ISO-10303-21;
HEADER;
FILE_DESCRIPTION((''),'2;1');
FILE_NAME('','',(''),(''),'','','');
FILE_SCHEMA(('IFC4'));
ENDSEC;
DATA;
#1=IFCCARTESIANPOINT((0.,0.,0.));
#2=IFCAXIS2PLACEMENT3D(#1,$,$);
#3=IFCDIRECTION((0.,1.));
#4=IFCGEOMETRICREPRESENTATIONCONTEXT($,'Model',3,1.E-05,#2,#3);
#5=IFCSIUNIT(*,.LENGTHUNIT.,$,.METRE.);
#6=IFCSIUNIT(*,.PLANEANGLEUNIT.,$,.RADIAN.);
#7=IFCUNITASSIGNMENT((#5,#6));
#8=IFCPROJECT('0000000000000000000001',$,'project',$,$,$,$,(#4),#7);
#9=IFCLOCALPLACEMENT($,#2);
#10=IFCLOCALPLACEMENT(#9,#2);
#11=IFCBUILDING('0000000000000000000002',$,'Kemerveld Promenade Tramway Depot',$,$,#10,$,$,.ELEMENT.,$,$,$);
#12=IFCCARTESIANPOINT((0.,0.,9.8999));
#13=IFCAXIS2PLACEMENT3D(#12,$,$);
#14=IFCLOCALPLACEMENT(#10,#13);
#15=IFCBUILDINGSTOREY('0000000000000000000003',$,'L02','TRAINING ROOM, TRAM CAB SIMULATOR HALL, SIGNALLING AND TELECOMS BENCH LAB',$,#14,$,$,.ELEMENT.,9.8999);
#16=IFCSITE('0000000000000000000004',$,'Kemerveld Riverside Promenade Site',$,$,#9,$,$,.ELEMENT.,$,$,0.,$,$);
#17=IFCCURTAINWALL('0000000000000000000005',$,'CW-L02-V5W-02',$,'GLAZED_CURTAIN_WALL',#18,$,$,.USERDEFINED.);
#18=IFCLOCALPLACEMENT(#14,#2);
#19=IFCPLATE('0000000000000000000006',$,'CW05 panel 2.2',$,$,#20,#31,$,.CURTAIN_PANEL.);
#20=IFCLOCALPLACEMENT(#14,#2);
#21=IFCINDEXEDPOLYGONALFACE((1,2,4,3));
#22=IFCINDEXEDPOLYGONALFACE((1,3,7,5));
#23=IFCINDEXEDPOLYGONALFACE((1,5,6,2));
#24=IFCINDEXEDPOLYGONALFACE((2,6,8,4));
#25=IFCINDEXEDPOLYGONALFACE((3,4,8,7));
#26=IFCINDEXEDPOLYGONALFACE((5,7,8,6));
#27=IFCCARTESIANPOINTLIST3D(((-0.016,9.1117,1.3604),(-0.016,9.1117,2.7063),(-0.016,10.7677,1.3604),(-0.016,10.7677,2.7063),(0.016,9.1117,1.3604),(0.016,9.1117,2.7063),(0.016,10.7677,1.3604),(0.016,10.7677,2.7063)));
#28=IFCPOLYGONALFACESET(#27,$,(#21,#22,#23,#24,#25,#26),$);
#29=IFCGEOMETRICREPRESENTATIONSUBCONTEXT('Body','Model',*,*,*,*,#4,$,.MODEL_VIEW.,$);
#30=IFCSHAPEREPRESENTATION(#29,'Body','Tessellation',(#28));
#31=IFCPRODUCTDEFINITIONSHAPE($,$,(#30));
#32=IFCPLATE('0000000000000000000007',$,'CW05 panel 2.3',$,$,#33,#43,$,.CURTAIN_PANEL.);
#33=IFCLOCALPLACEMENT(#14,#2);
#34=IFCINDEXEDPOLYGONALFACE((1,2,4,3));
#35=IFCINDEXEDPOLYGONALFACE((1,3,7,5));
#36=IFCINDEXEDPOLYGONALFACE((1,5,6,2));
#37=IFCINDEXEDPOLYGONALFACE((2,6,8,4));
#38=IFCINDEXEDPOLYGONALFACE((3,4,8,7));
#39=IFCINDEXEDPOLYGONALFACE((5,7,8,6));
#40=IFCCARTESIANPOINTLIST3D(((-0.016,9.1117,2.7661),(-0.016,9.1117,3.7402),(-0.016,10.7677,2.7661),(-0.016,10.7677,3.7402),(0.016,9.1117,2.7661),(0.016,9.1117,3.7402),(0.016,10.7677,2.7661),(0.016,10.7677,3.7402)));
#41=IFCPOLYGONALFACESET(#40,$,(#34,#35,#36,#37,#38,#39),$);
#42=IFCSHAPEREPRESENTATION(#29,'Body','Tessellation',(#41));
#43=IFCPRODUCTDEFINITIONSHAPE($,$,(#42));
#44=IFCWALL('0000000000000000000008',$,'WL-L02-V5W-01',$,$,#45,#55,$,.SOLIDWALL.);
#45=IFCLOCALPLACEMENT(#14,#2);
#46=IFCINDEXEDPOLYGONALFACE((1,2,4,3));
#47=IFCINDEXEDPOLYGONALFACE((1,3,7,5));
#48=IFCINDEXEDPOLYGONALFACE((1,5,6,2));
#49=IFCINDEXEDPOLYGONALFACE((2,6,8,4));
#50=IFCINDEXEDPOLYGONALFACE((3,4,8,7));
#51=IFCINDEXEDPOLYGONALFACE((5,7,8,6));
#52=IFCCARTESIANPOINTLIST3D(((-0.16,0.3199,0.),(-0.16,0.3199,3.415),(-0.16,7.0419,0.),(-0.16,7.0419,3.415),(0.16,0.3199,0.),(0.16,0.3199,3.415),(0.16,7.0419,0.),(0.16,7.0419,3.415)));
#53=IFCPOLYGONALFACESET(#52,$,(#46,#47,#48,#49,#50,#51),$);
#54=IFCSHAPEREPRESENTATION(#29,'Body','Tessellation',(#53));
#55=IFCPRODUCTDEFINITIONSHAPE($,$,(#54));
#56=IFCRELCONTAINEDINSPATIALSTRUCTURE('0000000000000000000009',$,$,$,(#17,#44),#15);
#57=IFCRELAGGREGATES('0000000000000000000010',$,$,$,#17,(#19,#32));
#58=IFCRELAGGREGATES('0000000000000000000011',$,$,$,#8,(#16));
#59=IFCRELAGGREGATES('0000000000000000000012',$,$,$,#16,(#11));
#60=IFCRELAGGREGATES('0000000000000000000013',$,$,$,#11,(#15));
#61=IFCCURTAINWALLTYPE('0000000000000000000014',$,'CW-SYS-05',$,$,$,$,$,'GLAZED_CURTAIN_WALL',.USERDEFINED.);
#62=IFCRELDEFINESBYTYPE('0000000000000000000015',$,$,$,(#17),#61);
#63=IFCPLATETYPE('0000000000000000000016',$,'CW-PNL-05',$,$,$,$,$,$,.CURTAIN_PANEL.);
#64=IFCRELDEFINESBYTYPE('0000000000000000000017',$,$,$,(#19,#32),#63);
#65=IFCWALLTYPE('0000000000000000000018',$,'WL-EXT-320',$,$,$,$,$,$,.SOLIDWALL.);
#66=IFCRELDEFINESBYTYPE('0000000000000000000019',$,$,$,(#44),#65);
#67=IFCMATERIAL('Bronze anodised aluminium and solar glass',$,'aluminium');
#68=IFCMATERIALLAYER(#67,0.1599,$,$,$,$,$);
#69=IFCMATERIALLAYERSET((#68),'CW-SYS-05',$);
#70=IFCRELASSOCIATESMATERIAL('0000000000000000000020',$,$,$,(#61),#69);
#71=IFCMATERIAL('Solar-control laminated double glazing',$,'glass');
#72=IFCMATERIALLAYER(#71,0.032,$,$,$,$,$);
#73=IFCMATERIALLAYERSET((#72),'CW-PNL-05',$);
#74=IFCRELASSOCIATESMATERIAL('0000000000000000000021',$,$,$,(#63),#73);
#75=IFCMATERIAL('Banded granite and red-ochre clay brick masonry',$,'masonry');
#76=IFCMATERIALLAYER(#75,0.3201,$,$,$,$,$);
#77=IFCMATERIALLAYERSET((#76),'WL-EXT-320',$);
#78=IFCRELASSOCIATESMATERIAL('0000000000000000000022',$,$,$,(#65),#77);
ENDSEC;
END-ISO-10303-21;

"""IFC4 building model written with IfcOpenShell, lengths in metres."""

from ifc_helpers import new_model, si_unit, direction, frame, frame_2d, origin, origin_2d, place, context, subcontext, project, spatial, rectangle, extrude, material, layer, layer_set, type_object, element, aggregate, save


model = new_model("IFC4")

# Units and contexts
model_context = context("Model", 3, precision=1e-05, world=origin(), true_north=direction((0.0, 1.0)))
body_context = subcontext(model_context, "Body", "Model", "MODEL_VIEW")
ifc_project = project(units=[si_unit("LENGTHUNIT", "METRE"), si_unit("PLANEANGLEUNIT", "RADIAN")], contexts=[model_context])

# Site, building, storey
site_placement = place(None, origin())
site = spatial("IfcSite", under=ifc_project, at=site_placement, Name="Kemerveld Riverside Promenade Site", CompositionType="ELEMENT", RefElevation=0.0)
building_placement = place(site_placement, origin())
building = spatial("IfcBuilding", under=site, at=building_placement, Name="Kemerveld Promenade Tramway Depot", CompositionType="ELEMENT")
storey_placement = place(building_placement, frame((0.0, 0.0, 9.8999)))
storey = spatial("IfcBuildingStorey", under=building, at=storey_placement, Name="L02", Description="TRAINING ROOM, TRAM CAB SIMULATOR HALL, SIGNALLING AND TELECOMS BENCH LAB", CompositionType="ELEMENT", Elevation=9.8999)

# Curtain wall, plates
ifc_material_1 = material(Name="Bronze anodised aluminium and solar glass", Category="aluminium")
ifc_layer_1 = layer(ifc_material_1, 0.1599)
ifc_layer_set_1 = layer_set([ifc_layer_1], Name="CW-SYS-05")
curtain_wall_type = type_object("IfcCurtainWallType", Name="CW-SYS-05", ElementType="GLAZED_CURTAIN_WALL", PredefinedType="USERDEFINED", material=ifc_layer_set_1)
curtain_wall_placement = place(storey_placement, origin())
curtain_wall = element("IfcCurtainWall", 1, at=curtain_wall_placement, inside=storey, type_object=curtain_wall_type, Name="CW-L02-V5W-02", ObjectType="GLAZED_CURTAIN_WALL", PredefinedType="USERDEFINED")
ifc_material_2 = material(Name="Solar-control laminated double glazing", Category="glass")
ifc_layer_2 = layer(ifc_material_2, 0.032)
ifc_layer_set_2 = layer_set([ifc_layer_2], Name="CW-PNL-05")
plate_type = type_object("IfcPlateType", Name="CW-PNL-05", PredefinedType="CURTAIN_PANEL", material=ifc_layer_set_2)
plate_1_placement = place(storey_placement, frame((0.0, 9.9397, 1.3604), z_axis=(0.0, 0.0, 1.0), x_axis=(0.0, 1.0, 0.0)))
plate_1 = element("IfcPlate", 2, at=plate_1_placement, type_object=plate_type, Name="CW05 panel 2.2", PredefinedType="CURTAIN_PANEL", context=body_context, shape_type="SweptSolid", body=[
    extrude(rectangle(XDim=1.656, YDim=0.032, at=origin_2d()), origin(), (0.0, 0.0, 1.0), 1.3459),
])
plate_2_placement = place(storey_placement, frame((0.0, 9.9397, 2.7661), z_axis=(0.0, 0.0, 1.0), x_axis=(0.0, 1.0, 0.0)))
plate_2 = element("IfcPlate", 3, at=plate_2_placement, type_object=plate_type, Name="CW05 panel 2.3", PredefinedType="CURTAIN_PANEL", context=body_context, shape_type="SweptSolid", body=[
    extrude(rectangle(XDim=1.656, YDim=0.032, at=origin_2d()), origin(), (0.0, 0.0, 1.0), 0.9741),
])
aggregate(curtain_wall, [plate_1, plate_2])

# Wall
ifc_material_3 = material(Name="Banded granite and red-ochre clay brick masonry", Category="masonry")
ifc_layer_3 = layer(ifc_material_3, 0.3201)
ifc_layer_set_3 = layer_set([ifc_layer_3], Name="WL-EXT-320")
wall_type = type_object("IfcWallType", Name="WL-EXT-320", PredefinedType="SOLIDWALL", material=ifc_layer_set_3)
wall_placement = place(storey_placement, frame((0.0, 0.3201, 0.0), z_axis=(0.0, 0.0, 1.0), x_axis=(0.0, 1.0, 0.0)))
element("IfcWall", 4, at=wall_placement, inside=storey, type_object=wall_type, Name="WL-L02-V5W-01", PredefinedType="SOLIDWALL", context=body_context, shape_type="SweptSolid", body=[
    extrude(rectangle(XDim=6.7219, YDim=0.3201, at=frame_2d((3.3608, 0.0))), origin(), (0.0, 0.0, 1.0), 3.415),
])

save(model, "model.ifc")
